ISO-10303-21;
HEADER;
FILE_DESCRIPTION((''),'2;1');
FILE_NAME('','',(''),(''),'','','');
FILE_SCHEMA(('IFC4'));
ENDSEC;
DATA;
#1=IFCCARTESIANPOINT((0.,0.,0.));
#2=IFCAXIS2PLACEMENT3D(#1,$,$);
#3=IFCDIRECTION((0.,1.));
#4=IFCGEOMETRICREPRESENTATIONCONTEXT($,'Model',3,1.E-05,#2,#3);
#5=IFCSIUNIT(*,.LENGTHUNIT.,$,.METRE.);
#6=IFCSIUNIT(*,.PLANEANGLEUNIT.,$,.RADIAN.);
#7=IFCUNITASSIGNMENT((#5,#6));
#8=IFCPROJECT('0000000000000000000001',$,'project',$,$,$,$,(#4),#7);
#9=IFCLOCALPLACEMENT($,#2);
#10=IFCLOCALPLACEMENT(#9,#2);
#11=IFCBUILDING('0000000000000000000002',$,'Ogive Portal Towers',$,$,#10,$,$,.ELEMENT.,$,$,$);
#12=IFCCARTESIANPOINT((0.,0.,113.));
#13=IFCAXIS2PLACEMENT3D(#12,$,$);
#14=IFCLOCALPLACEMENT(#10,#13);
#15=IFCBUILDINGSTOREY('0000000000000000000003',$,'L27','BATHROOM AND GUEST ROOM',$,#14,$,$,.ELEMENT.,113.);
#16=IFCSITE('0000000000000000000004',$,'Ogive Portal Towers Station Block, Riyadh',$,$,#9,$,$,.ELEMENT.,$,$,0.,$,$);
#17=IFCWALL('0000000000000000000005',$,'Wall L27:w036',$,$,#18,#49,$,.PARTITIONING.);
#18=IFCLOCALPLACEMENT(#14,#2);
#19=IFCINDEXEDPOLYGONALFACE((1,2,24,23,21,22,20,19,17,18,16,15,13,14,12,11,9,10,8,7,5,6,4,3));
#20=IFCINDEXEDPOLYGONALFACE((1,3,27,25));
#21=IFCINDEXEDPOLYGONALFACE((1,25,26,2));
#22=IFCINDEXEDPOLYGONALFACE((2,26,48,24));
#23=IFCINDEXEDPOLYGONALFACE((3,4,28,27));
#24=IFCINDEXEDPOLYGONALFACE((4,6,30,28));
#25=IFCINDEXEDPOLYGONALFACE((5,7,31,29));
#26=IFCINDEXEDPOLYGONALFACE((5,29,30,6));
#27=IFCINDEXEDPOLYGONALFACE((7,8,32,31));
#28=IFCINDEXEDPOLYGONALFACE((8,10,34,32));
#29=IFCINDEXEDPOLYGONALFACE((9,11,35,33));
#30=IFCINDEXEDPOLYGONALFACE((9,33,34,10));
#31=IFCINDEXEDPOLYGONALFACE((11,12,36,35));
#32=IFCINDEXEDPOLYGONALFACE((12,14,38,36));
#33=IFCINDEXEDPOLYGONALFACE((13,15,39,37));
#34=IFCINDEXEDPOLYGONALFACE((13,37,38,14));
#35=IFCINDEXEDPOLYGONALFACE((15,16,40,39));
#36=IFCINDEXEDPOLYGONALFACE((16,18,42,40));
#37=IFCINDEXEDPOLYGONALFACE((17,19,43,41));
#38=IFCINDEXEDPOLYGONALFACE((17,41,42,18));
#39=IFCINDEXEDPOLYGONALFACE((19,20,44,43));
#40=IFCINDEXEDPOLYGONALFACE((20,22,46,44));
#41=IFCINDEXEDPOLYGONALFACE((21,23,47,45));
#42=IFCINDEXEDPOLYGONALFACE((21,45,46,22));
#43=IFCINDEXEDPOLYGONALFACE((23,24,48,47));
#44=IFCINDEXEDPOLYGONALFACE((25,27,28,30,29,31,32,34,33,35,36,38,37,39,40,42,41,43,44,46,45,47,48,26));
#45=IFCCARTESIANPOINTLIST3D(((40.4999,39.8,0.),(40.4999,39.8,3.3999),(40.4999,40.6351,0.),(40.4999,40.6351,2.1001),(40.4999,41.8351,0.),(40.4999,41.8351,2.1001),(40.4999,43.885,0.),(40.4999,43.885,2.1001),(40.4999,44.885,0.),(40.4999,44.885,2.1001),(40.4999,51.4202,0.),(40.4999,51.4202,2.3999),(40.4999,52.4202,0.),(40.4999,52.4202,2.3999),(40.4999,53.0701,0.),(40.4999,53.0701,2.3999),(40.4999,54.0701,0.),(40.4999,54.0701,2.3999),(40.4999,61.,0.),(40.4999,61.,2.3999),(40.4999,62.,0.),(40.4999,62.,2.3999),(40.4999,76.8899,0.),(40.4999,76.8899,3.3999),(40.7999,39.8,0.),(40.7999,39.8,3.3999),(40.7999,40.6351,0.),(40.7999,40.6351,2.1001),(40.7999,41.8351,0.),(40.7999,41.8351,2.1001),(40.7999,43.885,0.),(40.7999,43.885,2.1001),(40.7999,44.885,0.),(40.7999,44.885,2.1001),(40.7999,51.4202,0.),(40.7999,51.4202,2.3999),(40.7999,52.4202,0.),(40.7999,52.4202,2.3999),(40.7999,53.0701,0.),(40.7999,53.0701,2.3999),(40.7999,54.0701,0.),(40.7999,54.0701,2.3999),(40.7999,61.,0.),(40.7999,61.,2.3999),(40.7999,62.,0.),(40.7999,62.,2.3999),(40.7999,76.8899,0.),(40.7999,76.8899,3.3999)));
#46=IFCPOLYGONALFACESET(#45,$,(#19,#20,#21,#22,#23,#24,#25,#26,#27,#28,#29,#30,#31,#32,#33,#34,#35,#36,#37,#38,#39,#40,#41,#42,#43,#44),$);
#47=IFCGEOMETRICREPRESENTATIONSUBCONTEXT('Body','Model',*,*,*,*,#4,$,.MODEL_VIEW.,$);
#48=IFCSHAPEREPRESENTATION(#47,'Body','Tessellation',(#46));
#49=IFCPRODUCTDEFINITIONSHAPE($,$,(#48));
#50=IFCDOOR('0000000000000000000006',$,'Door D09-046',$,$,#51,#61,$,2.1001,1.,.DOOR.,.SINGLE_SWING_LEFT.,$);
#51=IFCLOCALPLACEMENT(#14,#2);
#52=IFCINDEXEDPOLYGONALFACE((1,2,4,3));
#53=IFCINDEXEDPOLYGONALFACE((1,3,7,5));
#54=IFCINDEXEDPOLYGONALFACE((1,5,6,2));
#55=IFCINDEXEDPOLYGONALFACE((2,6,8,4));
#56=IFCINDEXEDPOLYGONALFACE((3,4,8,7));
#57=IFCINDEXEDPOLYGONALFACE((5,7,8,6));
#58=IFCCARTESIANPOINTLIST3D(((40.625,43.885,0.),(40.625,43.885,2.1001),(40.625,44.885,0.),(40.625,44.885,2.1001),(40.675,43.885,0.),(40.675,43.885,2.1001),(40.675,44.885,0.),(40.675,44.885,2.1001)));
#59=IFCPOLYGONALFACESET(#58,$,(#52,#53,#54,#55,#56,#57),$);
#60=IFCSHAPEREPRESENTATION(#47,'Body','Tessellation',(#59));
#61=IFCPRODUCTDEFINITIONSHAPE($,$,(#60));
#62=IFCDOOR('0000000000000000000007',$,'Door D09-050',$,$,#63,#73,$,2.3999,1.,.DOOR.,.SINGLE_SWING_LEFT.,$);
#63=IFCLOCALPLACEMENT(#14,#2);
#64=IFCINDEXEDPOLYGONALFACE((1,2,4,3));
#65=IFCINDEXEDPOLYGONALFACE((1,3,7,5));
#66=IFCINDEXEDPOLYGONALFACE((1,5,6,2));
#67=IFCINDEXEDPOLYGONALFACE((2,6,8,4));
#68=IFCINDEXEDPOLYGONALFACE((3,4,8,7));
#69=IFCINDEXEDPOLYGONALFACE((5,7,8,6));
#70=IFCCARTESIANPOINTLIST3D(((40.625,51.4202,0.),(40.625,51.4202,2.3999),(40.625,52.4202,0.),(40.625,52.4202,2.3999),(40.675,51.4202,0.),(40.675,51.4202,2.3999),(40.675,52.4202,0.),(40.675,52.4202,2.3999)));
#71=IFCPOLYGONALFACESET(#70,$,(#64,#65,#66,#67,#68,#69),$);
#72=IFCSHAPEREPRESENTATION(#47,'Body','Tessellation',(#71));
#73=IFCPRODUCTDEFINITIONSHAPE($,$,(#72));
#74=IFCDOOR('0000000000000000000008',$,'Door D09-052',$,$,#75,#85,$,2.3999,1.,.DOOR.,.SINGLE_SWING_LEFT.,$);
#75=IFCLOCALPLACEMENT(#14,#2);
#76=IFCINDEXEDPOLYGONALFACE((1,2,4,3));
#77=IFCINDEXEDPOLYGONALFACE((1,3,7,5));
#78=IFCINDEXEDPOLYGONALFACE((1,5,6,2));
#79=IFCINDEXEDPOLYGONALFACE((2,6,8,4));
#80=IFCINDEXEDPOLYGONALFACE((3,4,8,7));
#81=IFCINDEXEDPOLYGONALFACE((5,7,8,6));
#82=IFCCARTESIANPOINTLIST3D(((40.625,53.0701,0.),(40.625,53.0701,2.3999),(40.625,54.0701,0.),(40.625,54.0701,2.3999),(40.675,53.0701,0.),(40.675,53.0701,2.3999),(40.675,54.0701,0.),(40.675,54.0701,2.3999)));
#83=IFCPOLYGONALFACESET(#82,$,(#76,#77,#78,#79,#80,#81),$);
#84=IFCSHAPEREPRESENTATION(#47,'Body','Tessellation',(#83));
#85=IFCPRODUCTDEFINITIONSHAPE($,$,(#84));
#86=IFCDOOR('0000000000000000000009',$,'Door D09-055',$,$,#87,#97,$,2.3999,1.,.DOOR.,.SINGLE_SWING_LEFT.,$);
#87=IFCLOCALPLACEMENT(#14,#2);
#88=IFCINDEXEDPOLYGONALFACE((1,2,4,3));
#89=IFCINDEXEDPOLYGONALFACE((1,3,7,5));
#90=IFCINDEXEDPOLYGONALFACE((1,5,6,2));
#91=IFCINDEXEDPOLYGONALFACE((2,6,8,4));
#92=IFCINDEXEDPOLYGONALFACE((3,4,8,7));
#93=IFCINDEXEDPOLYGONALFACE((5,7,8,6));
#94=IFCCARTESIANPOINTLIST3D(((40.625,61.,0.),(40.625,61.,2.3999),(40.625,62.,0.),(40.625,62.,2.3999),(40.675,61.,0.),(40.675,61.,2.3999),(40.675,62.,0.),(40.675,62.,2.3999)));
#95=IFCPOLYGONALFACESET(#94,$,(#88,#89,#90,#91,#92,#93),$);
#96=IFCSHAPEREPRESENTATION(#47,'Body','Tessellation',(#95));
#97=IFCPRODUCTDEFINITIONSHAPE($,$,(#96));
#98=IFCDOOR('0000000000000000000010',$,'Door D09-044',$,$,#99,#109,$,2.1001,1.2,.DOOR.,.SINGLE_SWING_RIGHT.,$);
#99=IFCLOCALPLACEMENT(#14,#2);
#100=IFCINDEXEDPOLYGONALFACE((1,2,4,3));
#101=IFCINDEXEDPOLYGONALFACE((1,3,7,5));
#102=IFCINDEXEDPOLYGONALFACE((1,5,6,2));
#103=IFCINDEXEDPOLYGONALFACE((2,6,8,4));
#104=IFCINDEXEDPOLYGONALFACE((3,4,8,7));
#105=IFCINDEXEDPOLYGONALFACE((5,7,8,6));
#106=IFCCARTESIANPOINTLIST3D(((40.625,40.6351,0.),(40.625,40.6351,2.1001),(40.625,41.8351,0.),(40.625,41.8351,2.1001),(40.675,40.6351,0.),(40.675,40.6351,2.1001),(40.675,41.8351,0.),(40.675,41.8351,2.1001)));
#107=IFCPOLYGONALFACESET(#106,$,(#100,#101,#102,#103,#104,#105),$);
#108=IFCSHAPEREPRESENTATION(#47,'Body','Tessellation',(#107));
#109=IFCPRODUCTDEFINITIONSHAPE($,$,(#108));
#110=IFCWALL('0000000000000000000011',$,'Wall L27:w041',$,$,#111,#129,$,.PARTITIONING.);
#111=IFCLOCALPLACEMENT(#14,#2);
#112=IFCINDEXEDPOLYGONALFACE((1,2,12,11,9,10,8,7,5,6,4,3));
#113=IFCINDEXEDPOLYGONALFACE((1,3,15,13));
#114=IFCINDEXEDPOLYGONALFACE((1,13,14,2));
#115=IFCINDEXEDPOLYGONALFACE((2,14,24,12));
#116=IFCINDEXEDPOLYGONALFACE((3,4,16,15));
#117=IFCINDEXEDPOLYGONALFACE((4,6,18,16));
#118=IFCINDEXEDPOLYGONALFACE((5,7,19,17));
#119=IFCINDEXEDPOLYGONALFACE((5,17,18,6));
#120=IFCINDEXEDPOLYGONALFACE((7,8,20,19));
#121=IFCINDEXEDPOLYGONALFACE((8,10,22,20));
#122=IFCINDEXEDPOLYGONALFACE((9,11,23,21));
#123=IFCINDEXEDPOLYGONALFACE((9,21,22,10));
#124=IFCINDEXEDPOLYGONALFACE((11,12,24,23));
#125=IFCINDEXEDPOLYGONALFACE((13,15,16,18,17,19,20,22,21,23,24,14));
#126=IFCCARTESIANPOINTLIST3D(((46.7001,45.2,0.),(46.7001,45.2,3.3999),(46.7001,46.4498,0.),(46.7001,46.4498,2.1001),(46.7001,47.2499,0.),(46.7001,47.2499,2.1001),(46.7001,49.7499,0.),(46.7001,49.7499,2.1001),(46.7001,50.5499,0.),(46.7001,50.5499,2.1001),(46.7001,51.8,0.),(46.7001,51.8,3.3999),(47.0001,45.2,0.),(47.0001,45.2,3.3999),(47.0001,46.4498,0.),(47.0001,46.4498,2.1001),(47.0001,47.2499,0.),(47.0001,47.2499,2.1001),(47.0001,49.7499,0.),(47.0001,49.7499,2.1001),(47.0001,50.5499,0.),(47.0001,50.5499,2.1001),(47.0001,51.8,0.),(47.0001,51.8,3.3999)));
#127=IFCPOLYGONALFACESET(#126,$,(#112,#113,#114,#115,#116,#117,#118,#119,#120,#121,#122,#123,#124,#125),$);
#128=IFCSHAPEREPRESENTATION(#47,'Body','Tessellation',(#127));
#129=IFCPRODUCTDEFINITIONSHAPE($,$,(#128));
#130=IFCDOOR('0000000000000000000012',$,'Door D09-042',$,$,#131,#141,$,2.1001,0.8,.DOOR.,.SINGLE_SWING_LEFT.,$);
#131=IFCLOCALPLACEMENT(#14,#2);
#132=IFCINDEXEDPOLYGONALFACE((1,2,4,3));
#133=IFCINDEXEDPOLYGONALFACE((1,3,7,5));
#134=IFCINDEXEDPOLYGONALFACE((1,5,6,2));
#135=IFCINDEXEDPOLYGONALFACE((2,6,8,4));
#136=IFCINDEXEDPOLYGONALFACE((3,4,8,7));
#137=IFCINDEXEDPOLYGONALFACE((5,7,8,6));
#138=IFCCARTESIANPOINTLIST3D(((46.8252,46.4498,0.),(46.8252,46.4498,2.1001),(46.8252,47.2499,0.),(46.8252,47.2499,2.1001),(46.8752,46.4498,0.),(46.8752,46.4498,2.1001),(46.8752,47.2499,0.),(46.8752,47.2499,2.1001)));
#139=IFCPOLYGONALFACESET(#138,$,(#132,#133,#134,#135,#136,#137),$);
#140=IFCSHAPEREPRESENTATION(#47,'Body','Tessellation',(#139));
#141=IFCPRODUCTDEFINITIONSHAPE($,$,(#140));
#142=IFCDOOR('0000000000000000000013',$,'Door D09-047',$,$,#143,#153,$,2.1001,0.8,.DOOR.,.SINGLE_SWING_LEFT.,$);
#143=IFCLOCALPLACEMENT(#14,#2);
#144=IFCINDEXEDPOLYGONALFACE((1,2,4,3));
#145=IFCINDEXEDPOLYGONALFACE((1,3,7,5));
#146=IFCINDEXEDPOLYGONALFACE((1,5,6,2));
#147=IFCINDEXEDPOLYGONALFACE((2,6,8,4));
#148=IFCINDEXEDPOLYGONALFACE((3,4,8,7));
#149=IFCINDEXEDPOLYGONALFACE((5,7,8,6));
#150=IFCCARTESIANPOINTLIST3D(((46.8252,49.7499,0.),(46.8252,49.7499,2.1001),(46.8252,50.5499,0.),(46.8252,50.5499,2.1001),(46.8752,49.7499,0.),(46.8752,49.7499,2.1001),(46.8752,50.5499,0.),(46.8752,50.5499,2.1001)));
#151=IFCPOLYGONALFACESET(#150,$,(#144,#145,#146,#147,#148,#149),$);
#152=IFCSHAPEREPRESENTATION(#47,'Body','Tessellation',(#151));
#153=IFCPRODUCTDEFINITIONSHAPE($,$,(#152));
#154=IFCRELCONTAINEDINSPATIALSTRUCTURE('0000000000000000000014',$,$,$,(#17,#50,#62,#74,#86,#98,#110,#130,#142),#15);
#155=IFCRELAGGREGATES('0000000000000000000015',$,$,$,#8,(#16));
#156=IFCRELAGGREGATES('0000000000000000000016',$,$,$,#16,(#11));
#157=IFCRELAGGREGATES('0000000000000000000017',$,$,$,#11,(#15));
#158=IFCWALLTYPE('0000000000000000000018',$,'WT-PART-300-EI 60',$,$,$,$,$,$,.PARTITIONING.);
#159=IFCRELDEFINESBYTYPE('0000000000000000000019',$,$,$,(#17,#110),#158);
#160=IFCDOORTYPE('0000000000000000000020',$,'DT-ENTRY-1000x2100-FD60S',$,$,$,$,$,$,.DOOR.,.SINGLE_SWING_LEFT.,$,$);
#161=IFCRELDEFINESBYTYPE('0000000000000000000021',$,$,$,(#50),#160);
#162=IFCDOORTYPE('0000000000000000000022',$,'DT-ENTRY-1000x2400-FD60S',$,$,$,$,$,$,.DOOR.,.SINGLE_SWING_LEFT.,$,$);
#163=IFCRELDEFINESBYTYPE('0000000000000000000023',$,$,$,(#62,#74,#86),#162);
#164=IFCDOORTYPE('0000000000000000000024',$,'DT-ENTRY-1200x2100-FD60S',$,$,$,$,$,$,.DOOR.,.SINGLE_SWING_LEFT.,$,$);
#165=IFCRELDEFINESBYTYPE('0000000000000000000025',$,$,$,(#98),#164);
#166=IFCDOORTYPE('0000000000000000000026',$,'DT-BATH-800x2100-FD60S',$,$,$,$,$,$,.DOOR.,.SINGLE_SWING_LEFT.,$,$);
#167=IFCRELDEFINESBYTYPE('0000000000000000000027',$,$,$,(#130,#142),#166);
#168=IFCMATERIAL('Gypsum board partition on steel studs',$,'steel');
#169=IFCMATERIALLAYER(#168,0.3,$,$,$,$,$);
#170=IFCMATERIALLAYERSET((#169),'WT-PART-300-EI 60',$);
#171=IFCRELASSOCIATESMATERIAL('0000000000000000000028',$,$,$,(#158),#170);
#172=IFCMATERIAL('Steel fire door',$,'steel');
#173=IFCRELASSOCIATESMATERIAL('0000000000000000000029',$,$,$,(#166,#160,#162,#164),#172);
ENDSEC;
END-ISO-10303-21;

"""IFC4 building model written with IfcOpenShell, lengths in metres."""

from ifc_helpers import new_model, si_unit, direction, frame, frame_2d, origin, place, context, subcontext, project, spatial, rectangle, extrude, material, layer, layer_set, type_object, element, fill, save


model = new_model("IFC4")

# Units and contexts
model_context = context("Model", 3, precision=1e-05, world=origin(), true_north=direction((0.0, 1.0)))
body_context = subcontext(model_context, "Body", "Model", "MODEL_VIEW")
ifc_project = project(units=[si_unit("LENGTHUNIT", "METRE"), si_unit("PLANEANGLEUNIT", "RADIAN")], contexts=[model_context])

# Site, building, storey
site_placement = place(None, origin())
site = spatial("IfcSite", under=ifc_project, at=site_placement, Name="Ogive Portal Towers Station Block, Riyadh", CompositionType="ELEMENT", RefElevation=0.0)
building_placement = place(site_placement, origin())
building = spatial("IfcBuilding", under=site, at=building_placement, Name="Ogive Portal Towers", CompositionType="ELEMENT")
storey_placement = place(building_placement, frame((0.0, 0.0, 113.0)))
storey = spatial("IfcBuildingStorey", under=building, at=storey_placement, Name="L27", Description="BATHROOM AND GUEST ROOM", CompositionType="ELEMENT", Elevation=113.0)

# Shared definitions
ifc_material_1 = material(Name="Gypsum board partition on steel studs", Category="steel")
ifc_layer_1 = layer(ifc_material_1, 0.3)
ifc_layer_set_1 = layer_set([ifc_layer_1], Name="WT-PART-300-EI 60")
wall_type_1 = type_object("IfcWallType", Name="WT-PART-300-EI 60", PredefinedType="PARTITIONING", material=ifc_layer_set_1)

# Shared definitions
ifc_material_2 = material(Name="Steel fire door", Category="steel")
door_type_1 = type_object("IfcDoorType", Name="DT-BATH-800x2100-FD60S", OperationType="SINGLE_SWING_LEFT", PredefinedType="DOOR", material=ifc_material_2)

# Walls, openings, doors
wall_1_placement = place(storey_placement, frame((40.6499, 39.8, 0.0), z_axis=(0.0, 0.0, 1.0), x_axis=(0.0, 1.0, 0.0)))
wall_1 = element("IfcWall", 1, at=wall_1_placement, inside=storey, type_object=wall_type_1, Name="Wall L27:w036", PredefinedType="PARTITIONING", context=body_context, shape_type="SweptSolid", body=[
    extrude(rectangle(XDim=37.0898, YDim=0.3, at=frame_2d((18.5449, 0.0))), origin(), (0.0, 0.0, 1.0), 3.3999),
])
opening_1_placement = place(wall_1_placement, frame((0.835, 0.0, 0.0)))
opening_1 = element("IfcOpeningElement", 2, at=opening_1_placement, cuts=wall_1, PredefinedType="OPENING", context=body_context, shape_type="SweptSolid", body=[
    extrude(rectangle(XDim=1.2, YDim=2.1001, at=frame_2d((0.6001, 1.05))), frame((0.0, 0.1602, 0.0), z_axis=(0.0, -1.0, 0.0), x_axis=(1.0, 0.0, 0.0)), (0.0, 0.0, 1.0), 0.3201),
])
opening_2_placement = place(wall_1_placement, frame((4.085, 0.0, 0.0)))
opening_2 = element("IfcOpeningElement", 3, at=opening_2_placement, cuts=wall_1, PredefinedType="OPENING", context=body_context, shape_type="SweptSolid", body=[
    extrude(rectangle(XDim=1.0, YDim=2.1001, at=frame_2d((0.5, 1.05))), frame((0.0, 0.1602, 0.0), z_axis=(0.0, -1.0, 0.0), x_axis=(1.0, 0.0, 0.0)), (0.0, 0.0, 1.0), 0.3201),
])
opening_3_placement = place(wall_1_placement, frame((11.6201, 0.0, 0.0)))
opening_3 = element("IfcOpeningElement", 4, at=opening_3_placement, cuts=wall_1, PredefinedType="OPENING", context=body_context, shape_type="SweptSolid", body=[
    extrude(rectangle(XDim=1.0, YDim=2.3999, at=frame_2d((0.5, 1.2))), frame((0.0, 0.1602, 0.0), z_axis=(0.0, -1.0, 0.0), x_axis=(1.0, 0.0, 0.0)), (0.0, 0.0, 1.0), 0.3201),
])
opening_4_placement = place(wall_1_placement, frame((13.27, 0.0, 0.0)))
opening_4 = element("IfcOpeningElement", 5, at=opening_4_placement, cuts=wall_1, PredefinedType="OPENING", context=body_context, shape_type="SweptSolid", body=[
    extrude(rectangle(XDim=1.0, YDim=2.3999, at=frame_2d((0.5, 1.2))), frame((0.0, 0.1602, 0.0), z_axis=(0.0, -1.0, 0.0), x_axis=(1.0, 0.0, 0.0)), (0.0, 0.0, 1.0), 0.3201),
])
opening_5_placement = place(wall_1_placement, frame((21.2, 0.0, 0.0)))
opening_5 = element("IfcOpeningElement", 6, at=opening_5_placement, cuts=wall_1, PredefinedType="OPENING", context=body_context, shape_type="SweptSolid", body=[
    extrude(rectangle(XDim=1.0, YDim=2.3999, at=frame_2d((0.5, 1.2))), frame((0.0, 0.1602, 0.0), z_axis=(0.0, -1.0, 0.0), x_axis=(1.0, 0.0, 0.0)), (0.0, 0.0, 1.0), 0.3201),
])
door_type_2 = type_object("IfcDoorType", Name="DT-ENTRY-1000x2100-FD60S", OperationType="SINGLE_SWING_LEFT", PredefinedType="DOOR", material=ifc_material_2)
door_1_placement = place(opening_2_placement, origin())
door_1 = element("IfcDoor", 7, at=door_1_placement, inside=storey, type_object=door_type_2, Name="Door D09-046", OperationType="SINGLE_SWING_LEFT", OverallHeight=2.1001, OverallWidth=1.0, PredefinedType="DOOR", context=body_context, shape_type="SweptSolid", body=[
    extrude(rectangle(XDim=1.0, YDim=2.1001, at=frame_2d((0.5, 1.05))), frame((0.0, 0.0249, 0.0), z_axis=(0.0, -1.0, 0.0), x_axis=(1.0, 0.0, 0.0)), (0.0, 0.0, 1.0), 0.05),
])
fill(opening_2, door_1)
door_type_3 = type_object("IfcDoorType", Name="DT-ENTRY-1000x2400-FD60S", OperationType="SINGLE_SWING_LEFT", PredefinedType="DOOR", material=ifc_material_2)
door_2_placement = place(opening_3_placement, origin())
door_2 = element("IfcDoor", 8, at=door_2_placement, inside=storey, type_object=door_type_3, Name="Door D09-050", OperationType="SINGLE_SWING_LEFT", OverallHeight=2.3999, OverallWidth=1.0, PredefinedType="DOOR", context=body_context, shape_type="SweptSolid", body=[
    extrude(rectangle(XDim=1.0, YDim=2.3999, at=frame_2d((0.5, 1.2))), frame((0.0, 0.0249, 0.0), z_axis=(0.0, -1.0, 0.0), x_axis=(1.0, 0.0, 0.0)), (0.0, 0.0, 1.0), 0.05),
])
fill(opening_3, door_2)
door_3_placement = place(opening_4_placement, origin())
door_3 = element("IfcDoor", 9, at=door_3_placement, inside=storey, type_object=door_type_3, Name="Door D09-052", OperationType="SINGLE_SWING_LEFT", OverallHeight=2.3999, OverallWidth=1.0, PredefinedType="DOOR", context=body_context, shape_type="SweptSolid", body=[
    extrude(rectangle(XDim=1.0, YDim=2.3999, at=frame_2d((0.5, 1.2))), frame((0.0, 0.0249, 0.0), z_axis=(0.0, -1.0, 0.0), x_axis=(1.0, 0.0, 0.0)), (0.0, 0.0, 1.0), 0.05),
])
fill(opening_4, door_3)
door_4_placement = place(opening_5_placement, origin())
door_4 = element("IfcDoor", 10, at=door_4_placement, inside=storey, type_object=door_type_3, Name="Door D09-055", OperationType="SINGLE_SWING_LEFT", OverallHeight=2.3999, OverallWidth=1.0, PredefinedType="DOOR", context=body_context, shape_type="SweptSolid", body=[
    extrude(rectangle(XDim=1.0, YDim=2.3999, at=frame_2d((0.5, 1.2))), frame((0.0, 0.0249, 0.0), z_axis=(0.0, -1.0, 0.0), x_axis=(1.0, 0.0, 0.0)), (0.0, 0.0, 1.0), 0.05),
])
fill(opening_5, door_4)
door_type_4 = type_object("IfcDoorType", Name="DT-ENTRY-1200x2100-FD60S", OperationType="SINGLE_SWING_LEFT", PredefinedType="DOOR", material=ifc_material_2)
door_5_placement = place(opening_1_placement, origin())
door_5 = element("IfcDoor", 11, at=door_5_placement, inside=storey, type_object=door_type_4, Name="Door D09-044", OperationType="SINGLE_SWING_RIGHT", OverallHeight=2.1001, OverallWidth=1.2, PredefinedType="DOOR", context=body_context, shape_type="SweptSolid", body=[
    extrude(rectangle(XDim=1.2, YDim=2.1001, at=frame_2d((0.6001, 1.05))), frame((0.0, 0.0249, 0.0), z_axis=(0.0, -1.0, 0.0), x_axis=(1.0, 0.0, 0.0)), (0.0, 0.0, 1.0), 0.05),
])
fill(opening_1, door_5)
wall_2_placement = place(storey_placement, frame((46.8501, 45.2, 0.0), z_axis=(0.0, 0.0, 1.0), x_axis=(0.0, 1.0, 0.0)))
wall_2 = element("IfcWall", 12, at=wall_2_placement, inside=storey, type_object=wall_type_1, Name="Wall L27:w041", PredefinedType="PARTITIONING", context=body_context, shape_type="SweptSolid", body=[
    extrude(rectangle(XDim=6.6001, YDim=0.3, at=frame_2d((3.3, 0.0))), origin(), (0.0, 0.0, 1.0), 3.3999),
])
opening_6_placement = place(wall_2_placement, frame((1.25, 0.0, 0.0)))
opening_6 = element("IfcOpeningElement", 13, at=opening_6_placement, cuts=wall_2, PredefinedType="OPENING", context=body_context, shape_type="SweptSolid", body=[
    extrude(rectangle(XDim=0.8, YDim=2.1001, at=frame_2d((0.3999, 1.05))), frame((0.0, 0.1602, 0.0), z_axis=(0.0, -1.0, 0.0), x_axis=(1.0, 0.0, 0.0)), (0.0, 0.0, 1.0), 0.3201),
])
opening_7_placement = place(wall_2_placement, frame((4.55, 0.0, 0.0)))
opening_7 = element("IfcOpeningElement", 14, at=opening_7_placement, cuts=wall_2, PredefinedType="OPENING", context=body_context, shape_type="SweptSolid", body=[
    extrude(rectangle(XDim=0.8, YDim=2.1001, at=frame_2d((0.3999, 1.05))), frame((0.0, 0.1602, 0.0), z_axis=(0.0, -1.0, 0.0), x_axis=(1.0, 0.0, 0.0)), (0.0, 0.0, 1.0), 0.3201),
])
door_6_placement = place(opening_6_placement, origin())
door_6 = element("IfcDoor", 15, at=door_6_placement, inside=storey, type_object=door_type_1, Name="Door D09-042", OperationType="SINGLE_SWING_LEFT", OverallHeight=2.1001, OverallWidth=0.8, PredefinedType="DOOR", context=body_context, shape_type="SweptSolid", body=[
    extrude(rectangle(XDim=0.8, YDim=2.1001, at=frame_2d((0.3999, 1.05))), frame((0.0, 0.0249, 0.0), z_axis=(0.0, -1.0, 0.0), x_axis=(1.0, 0.0, 0.0)), (0.0, 0.0, 1.0), 0.05),
])
fill(opening_6, door_6)
door_7_placement = place(opening_7_placement, origin())
door_7 = element("IfcDoor", 16, at=door_7_placement, inside=storey, type_object=door_type_1, Name="Door D09-047", OperationType="SINGLE_SWING_LEFT", OverallHeight=2.1001, OverallWidth=0.8, PredefinedType="DOOR", context=body_context, shape_type="SweptSolid", body=[
    extrude(rectangle(XDim=0.8, YDim=2.1001, at=frame_2d((0.3999, 1.05))), frame((0.0, 0.0249, 0.0), z_axis=(0.0, -1.0, 0.0), x_axis=(1.0, 0.0, 0.0)), (0.0, 0.0, 1.0), 0.05),
])
fill(opening_7, door_7)

save(model, "model.ifc")
